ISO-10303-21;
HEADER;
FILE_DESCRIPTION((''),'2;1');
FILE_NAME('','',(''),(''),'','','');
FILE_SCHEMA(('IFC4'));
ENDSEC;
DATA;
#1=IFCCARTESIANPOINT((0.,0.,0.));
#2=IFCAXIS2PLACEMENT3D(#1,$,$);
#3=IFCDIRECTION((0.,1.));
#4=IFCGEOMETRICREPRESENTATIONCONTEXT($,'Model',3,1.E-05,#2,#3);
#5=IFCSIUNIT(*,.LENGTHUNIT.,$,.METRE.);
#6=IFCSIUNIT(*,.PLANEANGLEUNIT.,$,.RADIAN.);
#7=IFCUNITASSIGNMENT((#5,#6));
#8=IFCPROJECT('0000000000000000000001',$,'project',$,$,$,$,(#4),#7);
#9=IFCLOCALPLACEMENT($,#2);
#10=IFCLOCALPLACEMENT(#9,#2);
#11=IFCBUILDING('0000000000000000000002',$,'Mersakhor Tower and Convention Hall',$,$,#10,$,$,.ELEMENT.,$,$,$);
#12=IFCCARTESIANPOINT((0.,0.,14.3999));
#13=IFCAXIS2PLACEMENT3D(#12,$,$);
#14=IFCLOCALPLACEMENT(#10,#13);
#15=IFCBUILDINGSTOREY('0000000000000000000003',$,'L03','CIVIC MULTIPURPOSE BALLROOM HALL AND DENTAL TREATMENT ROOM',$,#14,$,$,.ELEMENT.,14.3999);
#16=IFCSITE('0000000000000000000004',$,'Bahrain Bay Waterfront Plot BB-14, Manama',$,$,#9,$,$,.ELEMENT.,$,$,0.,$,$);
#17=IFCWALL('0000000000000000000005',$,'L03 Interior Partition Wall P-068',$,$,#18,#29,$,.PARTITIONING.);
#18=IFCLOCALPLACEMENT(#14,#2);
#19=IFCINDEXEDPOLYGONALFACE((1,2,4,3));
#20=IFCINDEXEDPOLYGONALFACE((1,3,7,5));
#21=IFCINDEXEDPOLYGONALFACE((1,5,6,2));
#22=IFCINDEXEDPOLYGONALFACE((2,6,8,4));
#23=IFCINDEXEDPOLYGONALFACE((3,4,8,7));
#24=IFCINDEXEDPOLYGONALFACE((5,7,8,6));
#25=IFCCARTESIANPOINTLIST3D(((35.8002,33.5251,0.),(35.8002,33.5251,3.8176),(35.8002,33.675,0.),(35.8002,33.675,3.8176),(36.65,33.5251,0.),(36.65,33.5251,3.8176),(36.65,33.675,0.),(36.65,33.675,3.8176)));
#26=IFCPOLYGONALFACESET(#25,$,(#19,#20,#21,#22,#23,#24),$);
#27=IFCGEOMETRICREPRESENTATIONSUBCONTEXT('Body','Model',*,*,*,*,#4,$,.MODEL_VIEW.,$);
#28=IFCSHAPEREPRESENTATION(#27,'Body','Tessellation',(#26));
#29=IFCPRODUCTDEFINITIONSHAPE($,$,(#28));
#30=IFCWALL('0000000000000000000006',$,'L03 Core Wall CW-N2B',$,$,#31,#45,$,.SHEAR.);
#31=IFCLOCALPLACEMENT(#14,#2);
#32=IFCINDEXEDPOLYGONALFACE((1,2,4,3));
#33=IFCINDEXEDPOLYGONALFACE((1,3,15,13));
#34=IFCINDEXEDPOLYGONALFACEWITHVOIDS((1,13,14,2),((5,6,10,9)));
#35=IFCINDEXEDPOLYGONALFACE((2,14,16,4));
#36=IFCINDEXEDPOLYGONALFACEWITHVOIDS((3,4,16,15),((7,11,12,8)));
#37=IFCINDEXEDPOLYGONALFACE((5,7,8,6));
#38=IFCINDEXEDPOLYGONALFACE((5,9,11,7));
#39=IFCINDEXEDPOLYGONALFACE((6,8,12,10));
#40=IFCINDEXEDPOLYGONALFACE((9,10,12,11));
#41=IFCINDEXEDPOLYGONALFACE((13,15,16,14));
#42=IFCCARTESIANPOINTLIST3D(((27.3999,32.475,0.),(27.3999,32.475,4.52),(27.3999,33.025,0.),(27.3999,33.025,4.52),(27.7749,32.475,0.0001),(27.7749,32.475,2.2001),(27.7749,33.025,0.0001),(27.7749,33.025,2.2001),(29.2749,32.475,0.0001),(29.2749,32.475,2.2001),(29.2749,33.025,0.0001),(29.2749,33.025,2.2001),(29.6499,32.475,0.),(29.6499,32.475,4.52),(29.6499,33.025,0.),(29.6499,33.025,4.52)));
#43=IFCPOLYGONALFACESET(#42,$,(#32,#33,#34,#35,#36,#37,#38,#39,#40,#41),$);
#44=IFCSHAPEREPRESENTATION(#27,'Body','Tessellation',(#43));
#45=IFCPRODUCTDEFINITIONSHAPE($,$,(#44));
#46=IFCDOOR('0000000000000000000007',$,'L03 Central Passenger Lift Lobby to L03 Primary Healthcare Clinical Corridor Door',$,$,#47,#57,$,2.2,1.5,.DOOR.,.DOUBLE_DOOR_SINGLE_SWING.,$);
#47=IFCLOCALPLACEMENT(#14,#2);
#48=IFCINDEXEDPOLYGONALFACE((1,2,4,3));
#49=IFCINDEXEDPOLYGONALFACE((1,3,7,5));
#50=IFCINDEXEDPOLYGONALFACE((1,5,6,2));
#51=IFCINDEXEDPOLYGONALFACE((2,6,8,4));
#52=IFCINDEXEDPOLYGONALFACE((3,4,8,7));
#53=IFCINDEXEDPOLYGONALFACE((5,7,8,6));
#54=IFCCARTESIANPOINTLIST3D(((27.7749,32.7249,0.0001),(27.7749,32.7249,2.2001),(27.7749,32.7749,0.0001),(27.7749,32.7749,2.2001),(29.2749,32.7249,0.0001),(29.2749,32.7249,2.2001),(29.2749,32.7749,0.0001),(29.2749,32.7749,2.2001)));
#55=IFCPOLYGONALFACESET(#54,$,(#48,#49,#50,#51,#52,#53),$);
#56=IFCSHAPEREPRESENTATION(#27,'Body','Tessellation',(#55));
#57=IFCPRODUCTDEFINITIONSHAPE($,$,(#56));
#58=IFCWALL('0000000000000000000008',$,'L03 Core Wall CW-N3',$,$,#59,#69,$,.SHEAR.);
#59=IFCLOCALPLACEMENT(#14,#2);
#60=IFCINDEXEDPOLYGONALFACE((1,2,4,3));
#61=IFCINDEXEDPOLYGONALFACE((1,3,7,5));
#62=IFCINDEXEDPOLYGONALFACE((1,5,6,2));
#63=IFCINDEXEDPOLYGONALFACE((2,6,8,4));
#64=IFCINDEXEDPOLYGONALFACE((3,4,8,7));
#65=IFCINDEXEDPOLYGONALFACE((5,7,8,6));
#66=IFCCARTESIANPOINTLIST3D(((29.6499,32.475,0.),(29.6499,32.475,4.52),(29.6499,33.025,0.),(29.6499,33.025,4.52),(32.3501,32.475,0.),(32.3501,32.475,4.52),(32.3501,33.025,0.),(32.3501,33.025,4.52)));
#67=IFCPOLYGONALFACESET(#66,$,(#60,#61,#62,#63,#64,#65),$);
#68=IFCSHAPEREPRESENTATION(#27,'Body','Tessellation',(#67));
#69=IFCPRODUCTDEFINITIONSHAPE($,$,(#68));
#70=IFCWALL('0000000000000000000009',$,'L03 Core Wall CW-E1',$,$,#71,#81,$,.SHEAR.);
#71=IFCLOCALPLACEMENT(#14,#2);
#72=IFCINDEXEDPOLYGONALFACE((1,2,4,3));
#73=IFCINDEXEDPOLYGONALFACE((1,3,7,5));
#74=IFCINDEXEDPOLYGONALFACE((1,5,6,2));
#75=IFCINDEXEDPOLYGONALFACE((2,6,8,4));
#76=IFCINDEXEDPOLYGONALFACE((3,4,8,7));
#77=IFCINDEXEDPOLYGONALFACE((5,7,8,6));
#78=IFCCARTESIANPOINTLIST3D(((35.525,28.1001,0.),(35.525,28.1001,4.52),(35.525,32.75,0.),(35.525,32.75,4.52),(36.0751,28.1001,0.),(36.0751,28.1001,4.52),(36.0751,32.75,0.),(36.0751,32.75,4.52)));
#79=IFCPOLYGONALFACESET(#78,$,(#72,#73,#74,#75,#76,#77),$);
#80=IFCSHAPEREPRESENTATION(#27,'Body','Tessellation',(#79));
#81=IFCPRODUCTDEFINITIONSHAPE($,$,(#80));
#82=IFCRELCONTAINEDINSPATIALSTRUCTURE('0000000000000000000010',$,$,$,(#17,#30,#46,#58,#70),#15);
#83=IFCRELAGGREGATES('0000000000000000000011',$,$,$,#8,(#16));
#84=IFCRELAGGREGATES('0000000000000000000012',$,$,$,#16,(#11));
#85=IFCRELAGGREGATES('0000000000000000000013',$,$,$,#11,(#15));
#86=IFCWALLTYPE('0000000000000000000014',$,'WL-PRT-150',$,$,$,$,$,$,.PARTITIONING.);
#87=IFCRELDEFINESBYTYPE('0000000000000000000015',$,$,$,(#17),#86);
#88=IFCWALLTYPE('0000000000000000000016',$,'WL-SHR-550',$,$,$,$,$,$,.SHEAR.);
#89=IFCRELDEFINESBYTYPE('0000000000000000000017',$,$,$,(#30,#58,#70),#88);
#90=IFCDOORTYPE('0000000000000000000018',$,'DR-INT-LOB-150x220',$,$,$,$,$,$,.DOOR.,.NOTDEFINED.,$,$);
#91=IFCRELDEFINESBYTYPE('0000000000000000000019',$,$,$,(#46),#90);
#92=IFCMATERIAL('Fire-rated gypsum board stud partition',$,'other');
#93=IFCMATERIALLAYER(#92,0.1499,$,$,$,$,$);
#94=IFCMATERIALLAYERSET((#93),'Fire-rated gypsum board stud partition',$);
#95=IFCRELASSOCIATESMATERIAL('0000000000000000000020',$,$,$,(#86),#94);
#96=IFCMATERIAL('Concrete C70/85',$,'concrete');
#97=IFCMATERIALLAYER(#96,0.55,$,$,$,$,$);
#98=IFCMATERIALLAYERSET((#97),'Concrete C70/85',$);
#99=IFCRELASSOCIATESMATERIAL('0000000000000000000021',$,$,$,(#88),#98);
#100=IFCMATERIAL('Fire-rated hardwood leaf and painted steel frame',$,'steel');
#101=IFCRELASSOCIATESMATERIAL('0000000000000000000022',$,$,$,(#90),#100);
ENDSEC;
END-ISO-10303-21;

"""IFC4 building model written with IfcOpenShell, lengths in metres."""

from ifc_helpers import new_model, si_unit, direction, frame, frame_2d, origin, place, context, subcontext, project, spatial, rectangle, extrude, material, layer, layer_set, type_object, element, fill, save


model = new_model("IFC4")

# Units and contexts
model_context = context("Model", 3, precision=1e-05, world=origin(), true_north=direction((0.0, 1.0)))
body_context = subcontext(model_context, "Body", "Model", "MODEL_VIEW")
ifc_project = project(units=[si_unit("LENGTHUNIT", "METRE"), si_unit("PLANEANGLEUNIT", "RADIAN")], contexts=[model_context])

# Site, building, storey
site_placement = place(None, origin())
site = spatial("IfcSite", under=ifc_project, at=site_placement, Name="Bahrain Bay Waterfront Plot BB-14, Manama", CompositionType="ELEMENT", RefElevation=0.0)
building_placement = place(site_placement, origin())
building = spatial("IfcBuilding", under=site, at=building_placement, Name="Mersakhor Tower and Convention Hall", CompositionType="ELEMENT")
storey_placement = place(building_placement, frame((0.0, 0.0, 14.3999)))
storey = spatial("IfcBuildingStorey", under=building, at=storey_placement, Name="L03", Description="CIVIC MULTIPURPOSE BALLROOM HALL AND DENTAL TREATMENT ROOM", CompositionType="ELEMENT", Elevation=14.3999)

# Shared definitions
ifc_material_1 = material(Name="Fire-rated gypsum board stud partition", Category="other")
ifc_layer_1 = layer(ifc_material_1, 0.1499)
ifc_layer_set_1 = layer_set([ifc_layer_1], Name="Fire-rated gypsum board stud partition")
wall_type_1 = type_object("IfcWallType", Name="WL-PRT-150", PredefinedType="PARTITIONING", material=ifc_layer_set_1)

# Wall
wall_1_placement = place(storey_placement, frame((36.6499, 33.6001, 0.0), z_axis=(0.0, 0.0, 1.0), x_axis=(-1.0, 0.0, 0.0)))
element("IfcWall", 1, at=wall_1_placement, inside=storey, type_object=wall_type_1, Name="L03 Interior Partition Wall P-068", PredefinedType="PARTITIONING", context=body_context, shape_type="SweptSolid", body=[
    extrude(rectangle(XDim=0.8499, YDim=0.1499, at=frame_2d((0.4248, 0.0))), origin(), (0.0, 0.0, 1.0), 3.8176),
])

# Wall, opening, door
ifc_material_2 = material(Name="Concrete C70/85", Category="concrete")
ifc_layer_2 = layer(ifc_material_2, 0.55)
ifc_layer_set_2 = layer_set([ifc_layer_2], Name="Concrete C70/85")
wall_type_2 = type_object("IfcWallType", Name="WL-SHR-550", PredefinedType="SHEAR", material=ifc_layer_set_2)
wall_2_placement = place(storey_placement, frame((27.3999, 32.75, 0.0), z_axis=(0.0, 0.0, 1.0), x_axis=(1.0, 0.0, 0.0)))
wall_2 = element("IfcWall", 2, at=wall_2_placement, inside=storey, type_object=wall_type_2, Name="L03 Core Wall CW-N2B", PredefinedType="SHEAR", context=body_context, shape_type="SweptSolid", body=[
    extrude(rectangle(XDim=2.25, YDim=0.55, at=frame_2d((1.125, 0.0))), origin(), (0.0, 0.0, 1.0), 4.52),
])
opening_1_placement = place(wall_2_placement, frame((0.375, 0.0, 0.0)))
opening_1 = element("IfcOpeningElement", 3, at=opening_1_placement, cuts=wall_2, PredefinedType="OPENING", context=body_context, shape_type="SweptSolid", body=[
    extrude(rectangle(XDim=1.5, YDim=2.2, at=frame_2d((0.75, 1.1001))), frame((0.0, 0.2849, 0.0), z_axis=(0.0, -1.0, 0.0), x_axis=(1.0, 0.0, 0.0)), (0.0, 0.0, 1.0), 0.5701),
])
ifc_material_3 = material(Name="Fire-rated hardwood leaf and painted steel frame", Category="steel")
door_type_1 = type_object("IfcDoorType", Name="DR-INT-LOB-150x220", OperationType="NOTDEFINED", PredefinedType="DOOR", material=ifc_material_3)
door_1_placement = place(opening_1_placement, origin())
door_1 = element("IfcDoor", 4, at=door_1_placement, inside=storey, type_object=door_type_1, Name="L03 Central Passenger Lift Lobby to L03 Primary Healthcare Clinical Corridor Door", OperationType="DOUBLE_DOOR_SINGLE_SWING", OverallHeight=2.2, OverallWidth=1.5, PredefinedType="DOOR", context=body_context, shape_type="SweptSolid", body=[
    extrude(rectangle(XDim=1.5, YDim=2.2, at=frame_2d((0.75, 1.1001))), frame((0.0, 0.0249, 0.0), z_axis=(0.0, -1.0, 0.0), x_axis=(1.0, 0.0, 0.0)), (0.0, 0.0, 1.0), 0.05),
])
fill(opening_1, door_1)

# Wall
wall_3_placement = place(storey_placement, frame((29.6499, 32.75, 0.0), z_axis=(0.0, 0.0, 1.0), x_axis=(1.0, 0.0, 0.0)))
element("IfcWall", 5, at=wall_3_placement, inside=storey, type_object=wall_type_2, Name="L03 Core Wall CW-N3", PredefinedType="SHEAR", context=body_context, shape_type="SweptSolid", body=[
    extrude(rectangle(XDim=2.7002, YDim=0.55, at=frame_2d((1.3501, 0.0))), origin(), (0.0, 0.0, 1.0), 4.52),
])

# Wall
wall_4_placement = place(storey_placement, frame((35.8, 32.75, 0.0), z_axis=(0.0, 0.0, 1.0), x_axis=(0.0, -1.0, 0.0)))
element("IfcWall", 6, at=wall_4_placement, inside=storey, type_object=wall_type_2, Name="L03 Core Wall CW-E1", PredefinedType="SHEAR", context=body_context, shape_type="SweptSolid", body=[
    extrude(rectangle(XDim=4.6499, YDim=0.55, at=frame_2d((2.325, 0.0))), origin(), (0.0, 0.0, 1.0), 4.52),
])

save(model, "model.ifc")
